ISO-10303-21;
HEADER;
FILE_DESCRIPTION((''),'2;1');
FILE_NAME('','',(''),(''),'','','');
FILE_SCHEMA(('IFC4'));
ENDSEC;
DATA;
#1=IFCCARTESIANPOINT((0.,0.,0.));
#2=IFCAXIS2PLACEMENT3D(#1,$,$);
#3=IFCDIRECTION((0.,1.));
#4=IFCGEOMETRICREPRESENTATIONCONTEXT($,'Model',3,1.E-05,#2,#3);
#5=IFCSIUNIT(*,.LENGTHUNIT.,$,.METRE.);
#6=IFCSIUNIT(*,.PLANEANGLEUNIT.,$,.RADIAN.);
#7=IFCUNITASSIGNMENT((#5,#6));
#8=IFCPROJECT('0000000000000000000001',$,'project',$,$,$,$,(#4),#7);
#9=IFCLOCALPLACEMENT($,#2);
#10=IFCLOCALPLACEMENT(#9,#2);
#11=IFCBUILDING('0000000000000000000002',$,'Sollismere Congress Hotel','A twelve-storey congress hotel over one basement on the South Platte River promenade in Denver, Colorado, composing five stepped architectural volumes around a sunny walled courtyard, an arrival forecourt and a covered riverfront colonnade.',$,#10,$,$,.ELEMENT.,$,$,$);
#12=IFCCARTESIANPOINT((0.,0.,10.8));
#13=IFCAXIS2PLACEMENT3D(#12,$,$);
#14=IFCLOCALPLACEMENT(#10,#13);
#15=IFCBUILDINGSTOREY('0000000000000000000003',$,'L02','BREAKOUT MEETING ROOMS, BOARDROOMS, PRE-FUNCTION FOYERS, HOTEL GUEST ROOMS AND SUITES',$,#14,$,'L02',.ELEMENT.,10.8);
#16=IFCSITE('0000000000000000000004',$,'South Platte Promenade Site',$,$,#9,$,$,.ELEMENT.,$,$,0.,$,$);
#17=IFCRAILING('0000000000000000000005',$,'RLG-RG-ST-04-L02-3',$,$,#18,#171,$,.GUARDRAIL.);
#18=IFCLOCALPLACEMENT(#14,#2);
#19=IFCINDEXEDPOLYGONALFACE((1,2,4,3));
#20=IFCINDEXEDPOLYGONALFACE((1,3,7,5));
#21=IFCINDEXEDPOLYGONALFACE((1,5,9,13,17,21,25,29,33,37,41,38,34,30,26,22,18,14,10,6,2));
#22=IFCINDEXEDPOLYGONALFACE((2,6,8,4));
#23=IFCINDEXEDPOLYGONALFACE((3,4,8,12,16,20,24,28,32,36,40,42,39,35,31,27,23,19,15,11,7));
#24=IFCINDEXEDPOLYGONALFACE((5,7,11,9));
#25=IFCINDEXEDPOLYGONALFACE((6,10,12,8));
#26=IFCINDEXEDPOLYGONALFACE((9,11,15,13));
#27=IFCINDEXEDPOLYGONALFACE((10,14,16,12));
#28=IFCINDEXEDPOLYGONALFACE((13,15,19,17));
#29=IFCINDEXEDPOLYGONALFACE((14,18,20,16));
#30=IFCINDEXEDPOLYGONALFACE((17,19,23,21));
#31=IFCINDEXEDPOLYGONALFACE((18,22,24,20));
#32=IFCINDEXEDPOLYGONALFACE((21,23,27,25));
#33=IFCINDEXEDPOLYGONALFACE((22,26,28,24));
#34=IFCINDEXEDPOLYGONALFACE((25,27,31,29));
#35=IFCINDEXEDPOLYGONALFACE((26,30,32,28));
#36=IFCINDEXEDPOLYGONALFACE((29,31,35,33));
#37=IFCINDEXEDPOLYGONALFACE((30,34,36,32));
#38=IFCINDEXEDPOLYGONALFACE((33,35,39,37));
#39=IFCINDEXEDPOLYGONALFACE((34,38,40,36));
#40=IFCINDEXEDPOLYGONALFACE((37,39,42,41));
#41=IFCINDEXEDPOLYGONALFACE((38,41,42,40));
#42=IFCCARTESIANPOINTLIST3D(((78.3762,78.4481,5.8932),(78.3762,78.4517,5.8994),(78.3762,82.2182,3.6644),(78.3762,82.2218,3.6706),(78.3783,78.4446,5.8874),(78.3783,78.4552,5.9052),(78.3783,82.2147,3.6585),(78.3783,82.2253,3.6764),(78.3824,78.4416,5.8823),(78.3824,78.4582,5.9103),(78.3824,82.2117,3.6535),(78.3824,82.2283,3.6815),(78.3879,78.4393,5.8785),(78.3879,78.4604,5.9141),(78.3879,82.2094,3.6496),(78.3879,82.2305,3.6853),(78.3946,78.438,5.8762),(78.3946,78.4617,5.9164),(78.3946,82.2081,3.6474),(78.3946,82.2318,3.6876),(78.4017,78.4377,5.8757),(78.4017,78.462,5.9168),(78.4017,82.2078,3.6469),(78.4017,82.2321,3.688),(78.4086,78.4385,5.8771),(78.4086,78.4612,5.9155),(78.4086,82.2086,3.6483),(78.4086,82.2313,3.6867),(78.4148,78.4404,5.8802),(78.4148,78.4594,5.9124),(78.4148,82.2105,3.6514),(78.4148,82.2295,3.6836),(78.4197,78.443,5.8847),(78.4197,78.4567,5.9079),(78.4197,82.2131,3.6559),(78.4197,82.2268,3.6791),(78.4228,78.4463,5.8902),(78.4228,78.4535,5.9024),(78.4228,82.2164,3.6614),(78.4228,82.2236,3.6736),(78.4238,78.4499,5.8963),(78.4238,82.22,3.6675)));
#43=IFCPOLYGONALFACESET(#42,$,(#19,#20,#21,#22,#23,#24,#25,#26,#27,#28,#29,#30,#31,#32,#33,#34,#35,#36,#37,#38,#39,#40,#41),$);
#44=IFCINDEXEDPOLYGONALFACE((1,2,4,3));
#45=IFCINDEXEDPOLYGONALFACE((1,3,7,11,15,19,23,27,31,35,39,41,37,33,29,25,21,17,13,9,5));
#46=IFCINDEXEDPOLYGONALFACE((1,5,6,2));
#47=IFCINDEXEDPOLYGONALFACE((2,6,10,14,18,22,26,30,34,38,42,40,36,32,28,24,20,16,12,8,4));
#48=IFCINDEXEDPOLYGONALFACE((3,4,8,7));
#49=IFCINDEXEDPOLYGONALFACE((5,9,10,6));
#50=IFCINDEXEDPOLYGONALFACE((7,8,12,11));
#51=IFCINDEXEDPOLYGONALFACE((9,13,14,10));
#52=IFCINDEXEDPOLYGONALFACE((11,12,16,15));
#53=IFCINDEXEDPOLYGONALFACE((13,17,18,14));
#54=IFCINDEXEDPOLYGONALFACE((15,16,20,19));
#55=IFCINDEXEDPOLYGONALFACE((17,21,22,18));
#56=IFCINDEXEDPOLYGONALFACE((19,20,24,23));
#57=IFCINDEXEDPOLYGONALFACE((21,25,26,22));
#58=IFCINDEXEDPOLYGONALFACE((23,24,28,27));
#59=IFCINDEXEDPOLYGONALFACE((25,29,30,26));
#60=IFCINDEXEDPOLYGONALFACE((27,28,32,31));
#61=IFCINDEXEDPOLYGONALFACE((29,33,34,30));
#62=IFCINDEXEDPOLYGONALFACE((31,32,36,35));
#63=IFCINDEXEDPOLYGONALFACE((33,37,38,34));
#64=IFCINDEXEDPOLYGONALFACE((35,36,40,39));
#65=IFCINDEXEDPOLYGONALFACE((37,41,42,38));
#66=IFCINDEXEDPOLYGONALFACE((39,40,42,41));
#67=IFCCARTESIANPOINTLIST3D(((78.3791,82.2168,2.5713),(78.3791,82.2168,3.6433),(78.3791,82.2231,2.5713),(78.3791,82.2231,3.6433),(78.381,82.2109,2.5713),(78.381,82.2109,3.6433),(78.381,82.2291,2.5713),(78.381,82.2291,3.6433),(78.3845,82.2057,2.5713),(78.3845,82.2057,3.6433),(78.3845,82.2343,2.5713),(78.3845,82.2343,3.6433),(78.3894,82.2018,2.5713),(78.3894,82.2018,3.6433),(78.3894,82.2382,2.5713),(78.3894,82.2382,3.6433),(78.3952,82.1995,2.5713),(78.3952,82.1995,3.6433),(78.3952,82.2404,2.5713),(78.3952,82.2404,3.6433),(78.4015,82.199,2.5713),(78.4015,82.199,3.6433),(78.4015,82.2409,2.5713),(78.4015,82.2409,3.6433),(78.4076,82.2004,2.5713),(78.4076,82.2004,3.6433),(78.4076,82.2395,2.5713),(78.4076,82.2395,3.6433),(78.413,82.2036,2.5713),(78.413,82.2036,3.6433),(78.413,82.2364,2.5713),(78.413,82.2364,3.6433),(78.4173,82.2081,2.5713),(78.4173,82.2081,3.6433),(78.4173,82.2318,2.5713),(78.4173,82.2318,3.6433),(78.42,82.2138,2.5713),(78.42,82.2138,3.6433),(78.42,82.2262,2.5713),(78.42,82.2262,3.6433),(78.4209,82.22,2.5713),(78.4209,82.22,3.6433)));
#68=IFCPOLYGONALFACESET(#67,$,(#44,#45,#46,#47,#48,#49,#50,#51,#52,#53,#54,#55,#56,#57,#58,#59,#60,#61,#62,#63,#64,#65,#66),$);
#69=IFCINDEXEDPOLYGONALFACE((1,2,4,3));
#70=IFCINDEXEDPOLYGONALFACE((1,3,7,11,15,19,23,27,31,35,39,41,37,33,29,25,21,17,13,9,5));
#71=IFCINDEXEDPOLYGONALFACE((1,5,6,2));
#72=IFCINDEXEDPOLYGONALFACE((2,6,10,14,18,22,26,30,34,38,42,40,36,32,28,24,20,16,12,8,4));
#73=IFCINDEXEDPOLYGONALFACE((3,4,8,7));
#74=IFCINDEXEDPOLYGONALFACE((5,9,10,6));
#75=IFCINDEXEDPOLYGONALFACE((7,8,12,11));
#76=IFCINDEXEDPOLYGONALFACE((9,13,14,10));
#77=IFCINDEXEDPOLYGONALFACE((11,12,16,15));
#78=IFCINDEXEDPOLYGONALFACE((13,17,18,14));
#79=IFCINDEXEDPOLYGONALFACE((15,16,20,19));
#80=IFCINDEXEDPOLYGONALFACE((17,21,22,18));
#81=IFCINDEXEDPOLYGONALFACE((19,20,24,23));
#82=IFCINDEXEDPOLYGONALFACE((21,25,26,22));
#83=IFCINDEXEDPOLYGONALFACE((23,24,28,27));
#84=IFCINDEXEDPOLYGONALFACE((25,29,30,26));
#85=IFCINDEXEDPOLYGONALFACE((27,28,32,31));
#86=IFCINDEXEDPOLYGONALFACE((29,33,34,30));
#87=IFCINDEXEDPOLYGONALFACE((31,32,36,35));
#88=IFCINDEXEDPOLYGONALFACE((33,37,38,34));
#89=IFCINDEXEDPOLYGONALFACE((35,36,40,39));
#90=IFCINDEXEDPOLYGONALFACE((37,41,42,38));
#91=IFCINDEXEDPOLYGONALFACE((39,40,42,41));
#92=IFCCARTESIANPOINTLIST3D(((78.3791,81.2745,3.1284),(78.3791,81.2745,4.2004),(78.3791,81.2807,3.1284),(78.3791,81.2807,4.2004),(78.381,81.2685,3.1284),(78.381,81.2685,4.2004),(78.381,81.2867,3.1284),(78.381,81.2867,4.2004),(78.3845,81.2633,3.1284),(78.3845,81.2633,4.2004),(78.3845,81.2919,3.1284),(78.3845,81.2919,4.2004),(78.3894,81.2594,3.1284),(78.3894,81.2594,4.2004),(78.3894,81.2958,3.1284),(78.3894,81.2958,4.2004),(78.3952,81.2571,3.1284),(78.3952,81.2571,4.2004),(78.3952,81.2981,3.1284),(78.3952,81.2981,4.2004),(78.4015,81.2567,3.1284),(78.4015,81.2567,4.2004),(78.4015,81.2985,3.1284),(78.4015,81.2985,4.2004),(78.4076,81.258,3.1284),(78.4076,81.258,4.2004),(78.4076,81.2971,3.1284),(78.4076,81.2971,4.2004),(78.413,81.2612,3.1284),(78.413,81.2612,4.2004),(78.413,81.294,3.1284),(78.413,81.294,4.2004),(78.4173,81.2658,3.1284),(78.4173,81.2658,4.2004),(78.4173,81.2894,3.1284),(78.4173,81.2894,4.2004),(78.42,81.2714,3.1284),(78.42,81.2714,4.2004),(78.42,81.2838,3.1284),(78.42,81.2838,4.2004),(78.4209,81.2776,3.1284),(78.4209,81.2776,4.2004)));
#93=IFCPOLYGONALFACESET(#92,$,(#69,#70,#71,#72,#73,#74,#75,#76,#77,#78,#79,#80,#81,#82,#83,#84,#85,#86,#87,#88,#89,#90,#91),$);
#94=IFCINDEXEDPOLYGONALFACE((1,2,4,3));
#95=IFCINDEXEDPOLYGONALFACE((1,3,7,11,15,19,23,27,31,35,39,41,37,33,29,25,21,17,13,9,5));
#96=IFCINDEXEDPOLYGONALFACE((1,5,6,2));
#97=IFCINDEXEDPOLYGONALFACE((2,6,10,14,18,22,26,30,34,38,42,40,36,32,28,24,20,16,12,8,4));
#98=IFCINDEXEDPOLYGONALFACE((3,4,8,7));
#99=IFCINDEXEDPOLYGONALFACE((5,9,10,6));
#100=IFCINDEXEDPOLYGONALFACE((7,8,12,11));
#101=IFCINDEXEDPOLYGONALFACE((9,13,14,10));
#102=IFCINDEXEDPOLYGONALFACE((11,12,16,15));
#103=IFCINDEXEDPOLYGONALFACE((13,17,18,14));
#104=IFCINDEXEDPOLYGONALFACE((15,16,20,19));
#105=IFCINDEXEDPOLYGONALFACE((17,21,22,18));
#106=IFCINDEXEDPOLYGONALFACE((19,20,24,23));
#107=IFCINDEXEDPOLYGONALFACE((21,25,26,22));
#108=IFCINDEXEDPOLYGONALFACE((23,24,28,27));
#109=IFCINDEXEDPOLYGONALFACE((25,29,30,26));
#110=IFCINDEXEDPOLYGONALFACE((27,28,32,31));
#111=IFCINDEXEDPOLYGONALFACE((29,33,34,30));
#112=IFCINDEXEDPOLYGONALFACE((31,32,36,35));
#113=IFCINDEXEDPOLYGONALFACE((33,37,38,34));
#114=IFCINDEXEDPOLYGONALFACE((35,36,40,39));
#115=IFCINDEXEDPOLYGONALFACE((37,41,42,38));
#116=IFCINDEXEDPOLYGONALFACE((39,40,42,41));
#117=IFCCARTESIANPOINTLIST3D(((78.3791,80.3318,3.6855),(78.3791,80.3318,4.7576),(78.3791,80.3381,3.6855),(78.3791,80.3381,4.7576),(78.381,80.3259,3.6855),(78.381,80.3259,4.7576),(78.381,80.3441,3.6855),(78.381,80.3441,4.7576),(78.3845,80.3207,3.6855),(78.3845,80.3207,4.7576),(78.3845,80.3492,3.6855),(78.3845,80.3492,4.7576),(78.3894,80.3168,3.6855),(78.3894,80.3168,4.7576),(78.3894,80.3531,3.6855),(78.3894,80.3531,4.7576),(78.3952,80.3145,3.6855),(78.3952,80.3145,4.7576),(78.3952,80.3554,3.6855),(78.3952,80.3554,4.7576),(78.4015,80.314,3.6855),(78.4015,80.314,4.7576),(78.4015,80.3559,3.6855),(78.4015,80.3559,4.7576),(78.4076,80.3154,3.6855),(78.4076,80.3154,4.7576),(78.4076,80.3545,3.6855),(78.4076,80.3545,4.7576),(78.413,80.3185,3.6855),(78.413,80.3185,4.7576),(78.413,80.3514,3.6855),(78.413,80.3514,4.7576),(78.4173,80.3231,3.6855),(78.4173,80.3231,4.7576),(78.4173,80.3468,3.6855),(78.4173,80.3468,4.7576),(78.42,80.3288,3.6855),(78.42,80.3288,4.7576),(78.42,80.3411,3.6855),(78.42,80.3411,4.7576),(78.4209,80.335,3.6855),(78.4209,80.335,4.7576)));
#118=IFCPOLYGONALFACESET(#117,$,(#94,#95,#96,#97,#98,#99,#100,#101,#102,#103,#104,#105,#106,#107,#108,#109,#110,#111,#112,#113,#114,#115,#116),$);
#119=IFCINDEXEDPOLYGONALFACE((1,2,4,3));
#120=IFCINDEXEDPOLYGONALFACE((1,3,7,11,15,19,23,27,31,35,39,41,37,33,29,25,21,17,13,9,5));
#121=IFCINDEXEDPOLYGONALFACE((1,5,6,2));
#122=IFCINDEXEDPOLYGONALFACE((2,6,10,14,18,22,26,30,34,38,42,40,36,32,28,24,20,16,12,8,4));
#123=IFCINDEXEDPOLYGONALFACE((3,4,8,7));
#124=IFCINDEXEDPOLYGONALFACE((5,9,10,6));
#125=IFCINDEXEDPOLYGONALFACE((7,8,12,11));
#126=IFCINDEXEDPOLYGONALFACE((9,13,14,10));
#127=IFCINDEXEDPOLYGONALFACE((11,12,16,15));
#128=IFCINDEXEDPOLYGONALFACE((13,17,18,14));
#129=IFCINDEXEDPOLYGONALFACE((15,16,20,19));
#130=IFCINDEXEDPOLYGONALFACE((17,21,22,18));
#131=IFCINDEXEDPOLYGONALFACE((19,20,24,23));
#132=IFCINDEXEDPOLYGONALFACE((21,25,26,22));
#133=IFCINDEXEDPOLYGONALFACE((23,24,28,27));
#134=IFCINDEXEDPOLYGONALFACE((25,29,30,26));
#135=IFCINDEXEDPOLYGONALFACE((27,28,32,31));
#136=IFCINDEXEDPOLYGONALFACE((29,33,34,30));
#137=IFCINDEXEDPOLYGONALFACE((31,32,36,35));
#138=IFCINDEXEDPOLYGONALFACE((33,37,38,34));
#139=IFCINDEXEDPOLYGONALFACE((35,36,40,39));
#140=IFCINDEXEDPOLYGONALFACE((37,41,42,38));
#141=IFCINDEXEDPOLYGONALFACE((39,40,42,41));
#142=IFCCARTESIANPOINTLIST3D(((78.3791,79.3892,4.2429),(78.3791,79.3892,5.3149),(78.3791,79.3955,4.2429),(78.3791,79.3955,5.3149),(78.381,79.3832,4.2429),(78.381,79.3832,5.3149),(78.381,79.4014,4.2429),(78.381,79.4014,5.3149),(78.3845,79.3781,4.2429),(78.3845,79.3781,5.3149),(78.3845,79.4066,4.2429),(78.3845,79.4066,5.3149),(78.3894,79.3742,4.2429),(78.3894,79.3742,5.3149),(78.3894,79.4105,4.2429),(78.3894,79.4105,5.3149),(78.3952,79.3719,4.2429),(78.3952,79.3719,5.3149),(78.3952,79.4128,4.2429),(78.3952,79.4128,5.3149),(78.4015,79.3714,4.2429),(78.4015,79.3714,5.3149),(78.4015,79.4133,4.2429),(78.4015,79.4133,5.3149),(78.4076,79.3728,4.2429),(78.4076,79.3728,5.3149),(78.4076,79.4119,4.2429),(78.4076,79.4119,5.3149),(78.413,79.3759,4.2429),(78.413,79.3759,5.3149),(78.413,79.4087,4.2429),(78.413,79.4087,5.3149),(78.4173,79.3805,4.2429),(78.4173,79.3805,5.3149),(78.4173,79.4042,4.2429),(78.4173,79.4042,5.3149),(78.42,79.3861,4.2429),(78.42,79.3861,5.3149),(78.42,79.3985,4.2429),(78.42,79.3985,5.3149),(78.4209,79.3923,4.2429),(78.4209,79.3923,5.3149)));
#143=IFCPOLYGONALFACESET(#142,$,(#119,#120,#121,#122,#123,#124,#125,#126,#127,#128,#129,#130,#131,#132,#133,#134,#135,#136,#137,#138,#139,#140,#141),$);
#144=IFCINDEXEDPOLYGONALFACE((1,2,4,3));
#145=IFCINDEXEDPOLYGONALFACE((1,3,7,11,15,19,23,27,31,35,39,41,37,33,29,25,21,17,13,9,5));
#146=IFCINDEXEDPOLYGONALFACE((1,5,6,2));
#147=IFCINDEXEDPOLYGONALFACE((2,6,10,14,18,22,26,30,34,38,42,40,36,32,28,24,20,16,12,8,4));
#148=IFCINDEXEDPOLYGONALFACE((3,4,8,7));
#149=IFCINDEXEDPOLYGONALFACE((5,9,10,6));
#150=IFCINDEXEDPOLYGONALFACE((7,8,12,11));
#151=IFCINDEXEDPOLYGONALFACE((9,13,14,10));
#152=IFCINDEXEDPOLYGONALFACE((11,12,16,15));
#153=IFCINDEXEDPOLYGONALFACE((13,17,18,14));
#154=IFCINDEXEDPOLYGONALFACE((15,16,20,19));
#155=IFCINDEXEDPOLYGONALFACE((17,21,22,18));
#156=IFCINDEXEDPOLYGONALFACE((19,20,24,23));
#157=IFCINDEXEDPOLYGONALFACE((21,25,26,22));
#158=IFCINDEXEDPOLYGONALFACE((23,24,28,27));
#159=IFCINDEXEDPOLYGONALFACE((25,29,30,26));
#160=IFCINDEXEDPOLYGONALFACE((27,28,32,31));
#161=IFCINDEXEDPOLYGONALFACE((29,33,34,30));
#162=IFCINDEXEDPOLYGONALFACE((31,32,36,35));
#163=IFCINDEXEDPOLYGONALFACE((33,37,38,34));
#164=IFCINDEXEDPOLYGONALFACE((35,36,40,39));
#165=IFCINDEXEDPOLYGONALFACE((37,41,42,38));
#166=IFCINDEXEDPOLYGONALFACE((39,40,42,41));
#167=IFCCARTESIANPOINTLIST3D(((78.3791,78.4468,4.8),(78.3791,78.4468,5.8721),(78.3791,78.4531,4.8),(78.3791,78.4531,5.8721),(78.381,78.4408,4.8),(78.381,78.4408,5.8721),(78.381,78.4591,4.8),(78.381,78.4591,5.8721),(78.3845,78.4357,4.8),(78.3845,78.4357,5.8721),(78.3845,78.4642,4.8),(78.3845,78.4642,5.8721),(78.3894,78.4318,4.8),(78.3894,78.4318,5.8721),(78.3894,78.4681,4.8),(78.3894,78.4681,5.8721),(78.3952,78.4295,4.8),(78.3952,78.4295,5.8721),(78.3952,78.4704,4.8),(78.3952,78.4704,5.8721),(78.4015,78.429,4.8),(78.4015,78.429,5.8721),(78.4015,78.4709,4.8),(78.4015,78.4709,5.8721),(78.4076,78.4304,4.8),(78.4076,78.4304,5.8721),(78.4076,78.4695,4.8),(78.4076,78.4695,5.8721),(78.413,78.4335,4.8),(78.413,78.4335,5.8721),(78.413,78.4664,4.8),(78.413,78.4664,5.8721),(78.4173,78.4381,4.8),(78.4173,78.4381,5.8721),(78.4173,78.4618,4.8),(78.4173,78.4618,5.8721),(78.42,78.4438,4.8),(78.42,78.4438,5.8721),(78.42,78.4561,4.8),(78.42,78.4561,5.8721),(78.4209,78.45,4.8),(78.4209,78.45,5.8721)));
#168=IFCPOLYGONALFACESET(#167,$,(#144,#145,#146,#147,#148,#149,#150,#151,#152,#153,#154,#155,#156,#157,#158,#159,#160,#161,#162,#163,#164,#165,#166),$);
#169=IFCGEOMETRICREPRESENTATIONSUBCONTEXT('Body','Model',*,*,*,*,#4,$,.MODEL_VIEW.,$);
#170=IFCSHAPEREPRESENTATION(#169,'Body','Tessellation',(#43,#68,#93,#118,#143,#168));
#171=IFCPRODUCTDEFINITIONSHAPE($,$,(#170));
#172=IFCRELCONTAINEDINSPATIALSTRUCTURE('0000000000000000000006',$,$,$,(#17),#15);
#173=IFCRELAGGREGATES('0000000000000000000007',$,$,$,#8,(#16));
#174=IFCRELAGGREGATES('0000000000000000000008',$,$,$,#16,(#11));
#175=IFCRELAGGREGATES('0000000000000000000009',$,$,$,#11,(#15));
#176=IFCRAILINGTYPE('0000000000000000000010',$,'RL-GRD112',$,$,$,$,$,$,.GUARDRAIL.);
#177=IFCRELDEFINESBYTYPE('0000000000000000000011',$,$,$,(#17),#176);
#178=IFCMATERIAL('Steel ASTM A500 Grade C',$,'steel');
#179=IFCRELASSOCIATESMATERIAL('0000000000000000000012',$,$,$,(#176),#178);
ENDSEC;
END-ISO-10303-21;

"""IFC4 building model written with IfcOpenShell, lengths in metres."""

from ifc_helpers import new_model, si_unit, direction, frame, origin, origin_2d, place, context, subcontext, project, spatial, circle, extrude, material, type_object, element, save


model = new_model("IFC4")

# Units and contexts
model_context = context("Model", 3, precision=1e-05, world=origin(), true_north=direction((0.0, 1.0)))
body_context = subcontext(model_context, "Body", "Model", "MODEL_VIEW")
ifc_project = project(units=[si_unit("LENGTHUNIT", "METRE"), si_unit("PLANEANGLEUNIT", "RADIAN")], contexts=[model_context])

# Site, building, storey
site_placement = place(None, origin())
site = spatial("IfcSite", under=ifc_project, at=site_placement, Name="South Platte Promenade Site", CompositionType="ELEMENT", RefElevation=0.0)
building_placement = place(site_placement, origin())
building = spatial("IfcBuilding", under=site, at=building_placement, Name="Sollismere Congress Hotel", Description="A twelve-storey congress hotel over one basement on the South Platte River promenade in Denver, Colorado, composing five stepped architectural volumes around a sunny walled courtyard, an arrival forecourt and a covered riverfront colonnade.", CompositionType="ELEMENT")
storey_placement = place(building_placement, frame((0.0, 0.0, 10.8)))
storey = spatial("IfcBuildingStorey", under=building, at=storey_placement, Name="L02", Description="BREAKOUT MEETING ROOMS, BOARDROOMS, PRE-FUNCTION FOYERS, HOTEL GUEST ROOMS AND SUITES", LongName="L02", CompositionType="ELEMENT", Elevation=10.8)

# Shared definitions
ifc_material_1 = material(Name="Steel ASTM A500 Grade C", Category="steel")

# Railing
railing_type = type_object("IfcRailingType", Name="RL-GRD112", PredefinedType="GUARDRAIL", material=ifc_material_1)
railing_1_placement = place(storey_placement, frame((78.3999, 82.22, 2.5713)))
element("IfcRailing", 1, at=railing_1_placement, inside=storey, type_object=railing_type, Name="RLG-RG-ST-04-L02-3", PredefinedType="GUARDRAIL", context=body_context, shape_type="SweptSolid", body=[
    extrude(circle(Radius=0.0239, at=origin_2d()), frame((0.0, 0.0, 1.0962), z_axis=(0.0, -0.860824, 0.508902), x_axis=(1.0, 0.0, 0.0)), (0.0, 0.0, 1.0), 4.3796),
    extrude(circle(Radius=0.021, at=origin_2d()), origin(), (0.0, 0.0, 1.0), 1.072),
    extrude(circle(Radius=0.021, at=origin_2d()), frame((0.0, -0.9424, 0.5571)), (0.0, 0.0, 1.0), 1.072),
    extrude(circle(Radius=0.021, at=origin_2d()), frame((0.0, -1.885, 1.1143)), (0.0, 0.0, 1.0), 1.072),
    extrude(circle(Radius=0.021, at=origin_2d()), frame((0.0, -2.8276, 1.6716)), (0.0, 0.0, 1.0), 1.072),
    extrude(circle(Radius=0.021, at=origin_2d()), frame((0.0, -3.77, 2.2288)), (0.0, 0.0, 1.0), 1.072),
])

save(model, "model.ifc")
